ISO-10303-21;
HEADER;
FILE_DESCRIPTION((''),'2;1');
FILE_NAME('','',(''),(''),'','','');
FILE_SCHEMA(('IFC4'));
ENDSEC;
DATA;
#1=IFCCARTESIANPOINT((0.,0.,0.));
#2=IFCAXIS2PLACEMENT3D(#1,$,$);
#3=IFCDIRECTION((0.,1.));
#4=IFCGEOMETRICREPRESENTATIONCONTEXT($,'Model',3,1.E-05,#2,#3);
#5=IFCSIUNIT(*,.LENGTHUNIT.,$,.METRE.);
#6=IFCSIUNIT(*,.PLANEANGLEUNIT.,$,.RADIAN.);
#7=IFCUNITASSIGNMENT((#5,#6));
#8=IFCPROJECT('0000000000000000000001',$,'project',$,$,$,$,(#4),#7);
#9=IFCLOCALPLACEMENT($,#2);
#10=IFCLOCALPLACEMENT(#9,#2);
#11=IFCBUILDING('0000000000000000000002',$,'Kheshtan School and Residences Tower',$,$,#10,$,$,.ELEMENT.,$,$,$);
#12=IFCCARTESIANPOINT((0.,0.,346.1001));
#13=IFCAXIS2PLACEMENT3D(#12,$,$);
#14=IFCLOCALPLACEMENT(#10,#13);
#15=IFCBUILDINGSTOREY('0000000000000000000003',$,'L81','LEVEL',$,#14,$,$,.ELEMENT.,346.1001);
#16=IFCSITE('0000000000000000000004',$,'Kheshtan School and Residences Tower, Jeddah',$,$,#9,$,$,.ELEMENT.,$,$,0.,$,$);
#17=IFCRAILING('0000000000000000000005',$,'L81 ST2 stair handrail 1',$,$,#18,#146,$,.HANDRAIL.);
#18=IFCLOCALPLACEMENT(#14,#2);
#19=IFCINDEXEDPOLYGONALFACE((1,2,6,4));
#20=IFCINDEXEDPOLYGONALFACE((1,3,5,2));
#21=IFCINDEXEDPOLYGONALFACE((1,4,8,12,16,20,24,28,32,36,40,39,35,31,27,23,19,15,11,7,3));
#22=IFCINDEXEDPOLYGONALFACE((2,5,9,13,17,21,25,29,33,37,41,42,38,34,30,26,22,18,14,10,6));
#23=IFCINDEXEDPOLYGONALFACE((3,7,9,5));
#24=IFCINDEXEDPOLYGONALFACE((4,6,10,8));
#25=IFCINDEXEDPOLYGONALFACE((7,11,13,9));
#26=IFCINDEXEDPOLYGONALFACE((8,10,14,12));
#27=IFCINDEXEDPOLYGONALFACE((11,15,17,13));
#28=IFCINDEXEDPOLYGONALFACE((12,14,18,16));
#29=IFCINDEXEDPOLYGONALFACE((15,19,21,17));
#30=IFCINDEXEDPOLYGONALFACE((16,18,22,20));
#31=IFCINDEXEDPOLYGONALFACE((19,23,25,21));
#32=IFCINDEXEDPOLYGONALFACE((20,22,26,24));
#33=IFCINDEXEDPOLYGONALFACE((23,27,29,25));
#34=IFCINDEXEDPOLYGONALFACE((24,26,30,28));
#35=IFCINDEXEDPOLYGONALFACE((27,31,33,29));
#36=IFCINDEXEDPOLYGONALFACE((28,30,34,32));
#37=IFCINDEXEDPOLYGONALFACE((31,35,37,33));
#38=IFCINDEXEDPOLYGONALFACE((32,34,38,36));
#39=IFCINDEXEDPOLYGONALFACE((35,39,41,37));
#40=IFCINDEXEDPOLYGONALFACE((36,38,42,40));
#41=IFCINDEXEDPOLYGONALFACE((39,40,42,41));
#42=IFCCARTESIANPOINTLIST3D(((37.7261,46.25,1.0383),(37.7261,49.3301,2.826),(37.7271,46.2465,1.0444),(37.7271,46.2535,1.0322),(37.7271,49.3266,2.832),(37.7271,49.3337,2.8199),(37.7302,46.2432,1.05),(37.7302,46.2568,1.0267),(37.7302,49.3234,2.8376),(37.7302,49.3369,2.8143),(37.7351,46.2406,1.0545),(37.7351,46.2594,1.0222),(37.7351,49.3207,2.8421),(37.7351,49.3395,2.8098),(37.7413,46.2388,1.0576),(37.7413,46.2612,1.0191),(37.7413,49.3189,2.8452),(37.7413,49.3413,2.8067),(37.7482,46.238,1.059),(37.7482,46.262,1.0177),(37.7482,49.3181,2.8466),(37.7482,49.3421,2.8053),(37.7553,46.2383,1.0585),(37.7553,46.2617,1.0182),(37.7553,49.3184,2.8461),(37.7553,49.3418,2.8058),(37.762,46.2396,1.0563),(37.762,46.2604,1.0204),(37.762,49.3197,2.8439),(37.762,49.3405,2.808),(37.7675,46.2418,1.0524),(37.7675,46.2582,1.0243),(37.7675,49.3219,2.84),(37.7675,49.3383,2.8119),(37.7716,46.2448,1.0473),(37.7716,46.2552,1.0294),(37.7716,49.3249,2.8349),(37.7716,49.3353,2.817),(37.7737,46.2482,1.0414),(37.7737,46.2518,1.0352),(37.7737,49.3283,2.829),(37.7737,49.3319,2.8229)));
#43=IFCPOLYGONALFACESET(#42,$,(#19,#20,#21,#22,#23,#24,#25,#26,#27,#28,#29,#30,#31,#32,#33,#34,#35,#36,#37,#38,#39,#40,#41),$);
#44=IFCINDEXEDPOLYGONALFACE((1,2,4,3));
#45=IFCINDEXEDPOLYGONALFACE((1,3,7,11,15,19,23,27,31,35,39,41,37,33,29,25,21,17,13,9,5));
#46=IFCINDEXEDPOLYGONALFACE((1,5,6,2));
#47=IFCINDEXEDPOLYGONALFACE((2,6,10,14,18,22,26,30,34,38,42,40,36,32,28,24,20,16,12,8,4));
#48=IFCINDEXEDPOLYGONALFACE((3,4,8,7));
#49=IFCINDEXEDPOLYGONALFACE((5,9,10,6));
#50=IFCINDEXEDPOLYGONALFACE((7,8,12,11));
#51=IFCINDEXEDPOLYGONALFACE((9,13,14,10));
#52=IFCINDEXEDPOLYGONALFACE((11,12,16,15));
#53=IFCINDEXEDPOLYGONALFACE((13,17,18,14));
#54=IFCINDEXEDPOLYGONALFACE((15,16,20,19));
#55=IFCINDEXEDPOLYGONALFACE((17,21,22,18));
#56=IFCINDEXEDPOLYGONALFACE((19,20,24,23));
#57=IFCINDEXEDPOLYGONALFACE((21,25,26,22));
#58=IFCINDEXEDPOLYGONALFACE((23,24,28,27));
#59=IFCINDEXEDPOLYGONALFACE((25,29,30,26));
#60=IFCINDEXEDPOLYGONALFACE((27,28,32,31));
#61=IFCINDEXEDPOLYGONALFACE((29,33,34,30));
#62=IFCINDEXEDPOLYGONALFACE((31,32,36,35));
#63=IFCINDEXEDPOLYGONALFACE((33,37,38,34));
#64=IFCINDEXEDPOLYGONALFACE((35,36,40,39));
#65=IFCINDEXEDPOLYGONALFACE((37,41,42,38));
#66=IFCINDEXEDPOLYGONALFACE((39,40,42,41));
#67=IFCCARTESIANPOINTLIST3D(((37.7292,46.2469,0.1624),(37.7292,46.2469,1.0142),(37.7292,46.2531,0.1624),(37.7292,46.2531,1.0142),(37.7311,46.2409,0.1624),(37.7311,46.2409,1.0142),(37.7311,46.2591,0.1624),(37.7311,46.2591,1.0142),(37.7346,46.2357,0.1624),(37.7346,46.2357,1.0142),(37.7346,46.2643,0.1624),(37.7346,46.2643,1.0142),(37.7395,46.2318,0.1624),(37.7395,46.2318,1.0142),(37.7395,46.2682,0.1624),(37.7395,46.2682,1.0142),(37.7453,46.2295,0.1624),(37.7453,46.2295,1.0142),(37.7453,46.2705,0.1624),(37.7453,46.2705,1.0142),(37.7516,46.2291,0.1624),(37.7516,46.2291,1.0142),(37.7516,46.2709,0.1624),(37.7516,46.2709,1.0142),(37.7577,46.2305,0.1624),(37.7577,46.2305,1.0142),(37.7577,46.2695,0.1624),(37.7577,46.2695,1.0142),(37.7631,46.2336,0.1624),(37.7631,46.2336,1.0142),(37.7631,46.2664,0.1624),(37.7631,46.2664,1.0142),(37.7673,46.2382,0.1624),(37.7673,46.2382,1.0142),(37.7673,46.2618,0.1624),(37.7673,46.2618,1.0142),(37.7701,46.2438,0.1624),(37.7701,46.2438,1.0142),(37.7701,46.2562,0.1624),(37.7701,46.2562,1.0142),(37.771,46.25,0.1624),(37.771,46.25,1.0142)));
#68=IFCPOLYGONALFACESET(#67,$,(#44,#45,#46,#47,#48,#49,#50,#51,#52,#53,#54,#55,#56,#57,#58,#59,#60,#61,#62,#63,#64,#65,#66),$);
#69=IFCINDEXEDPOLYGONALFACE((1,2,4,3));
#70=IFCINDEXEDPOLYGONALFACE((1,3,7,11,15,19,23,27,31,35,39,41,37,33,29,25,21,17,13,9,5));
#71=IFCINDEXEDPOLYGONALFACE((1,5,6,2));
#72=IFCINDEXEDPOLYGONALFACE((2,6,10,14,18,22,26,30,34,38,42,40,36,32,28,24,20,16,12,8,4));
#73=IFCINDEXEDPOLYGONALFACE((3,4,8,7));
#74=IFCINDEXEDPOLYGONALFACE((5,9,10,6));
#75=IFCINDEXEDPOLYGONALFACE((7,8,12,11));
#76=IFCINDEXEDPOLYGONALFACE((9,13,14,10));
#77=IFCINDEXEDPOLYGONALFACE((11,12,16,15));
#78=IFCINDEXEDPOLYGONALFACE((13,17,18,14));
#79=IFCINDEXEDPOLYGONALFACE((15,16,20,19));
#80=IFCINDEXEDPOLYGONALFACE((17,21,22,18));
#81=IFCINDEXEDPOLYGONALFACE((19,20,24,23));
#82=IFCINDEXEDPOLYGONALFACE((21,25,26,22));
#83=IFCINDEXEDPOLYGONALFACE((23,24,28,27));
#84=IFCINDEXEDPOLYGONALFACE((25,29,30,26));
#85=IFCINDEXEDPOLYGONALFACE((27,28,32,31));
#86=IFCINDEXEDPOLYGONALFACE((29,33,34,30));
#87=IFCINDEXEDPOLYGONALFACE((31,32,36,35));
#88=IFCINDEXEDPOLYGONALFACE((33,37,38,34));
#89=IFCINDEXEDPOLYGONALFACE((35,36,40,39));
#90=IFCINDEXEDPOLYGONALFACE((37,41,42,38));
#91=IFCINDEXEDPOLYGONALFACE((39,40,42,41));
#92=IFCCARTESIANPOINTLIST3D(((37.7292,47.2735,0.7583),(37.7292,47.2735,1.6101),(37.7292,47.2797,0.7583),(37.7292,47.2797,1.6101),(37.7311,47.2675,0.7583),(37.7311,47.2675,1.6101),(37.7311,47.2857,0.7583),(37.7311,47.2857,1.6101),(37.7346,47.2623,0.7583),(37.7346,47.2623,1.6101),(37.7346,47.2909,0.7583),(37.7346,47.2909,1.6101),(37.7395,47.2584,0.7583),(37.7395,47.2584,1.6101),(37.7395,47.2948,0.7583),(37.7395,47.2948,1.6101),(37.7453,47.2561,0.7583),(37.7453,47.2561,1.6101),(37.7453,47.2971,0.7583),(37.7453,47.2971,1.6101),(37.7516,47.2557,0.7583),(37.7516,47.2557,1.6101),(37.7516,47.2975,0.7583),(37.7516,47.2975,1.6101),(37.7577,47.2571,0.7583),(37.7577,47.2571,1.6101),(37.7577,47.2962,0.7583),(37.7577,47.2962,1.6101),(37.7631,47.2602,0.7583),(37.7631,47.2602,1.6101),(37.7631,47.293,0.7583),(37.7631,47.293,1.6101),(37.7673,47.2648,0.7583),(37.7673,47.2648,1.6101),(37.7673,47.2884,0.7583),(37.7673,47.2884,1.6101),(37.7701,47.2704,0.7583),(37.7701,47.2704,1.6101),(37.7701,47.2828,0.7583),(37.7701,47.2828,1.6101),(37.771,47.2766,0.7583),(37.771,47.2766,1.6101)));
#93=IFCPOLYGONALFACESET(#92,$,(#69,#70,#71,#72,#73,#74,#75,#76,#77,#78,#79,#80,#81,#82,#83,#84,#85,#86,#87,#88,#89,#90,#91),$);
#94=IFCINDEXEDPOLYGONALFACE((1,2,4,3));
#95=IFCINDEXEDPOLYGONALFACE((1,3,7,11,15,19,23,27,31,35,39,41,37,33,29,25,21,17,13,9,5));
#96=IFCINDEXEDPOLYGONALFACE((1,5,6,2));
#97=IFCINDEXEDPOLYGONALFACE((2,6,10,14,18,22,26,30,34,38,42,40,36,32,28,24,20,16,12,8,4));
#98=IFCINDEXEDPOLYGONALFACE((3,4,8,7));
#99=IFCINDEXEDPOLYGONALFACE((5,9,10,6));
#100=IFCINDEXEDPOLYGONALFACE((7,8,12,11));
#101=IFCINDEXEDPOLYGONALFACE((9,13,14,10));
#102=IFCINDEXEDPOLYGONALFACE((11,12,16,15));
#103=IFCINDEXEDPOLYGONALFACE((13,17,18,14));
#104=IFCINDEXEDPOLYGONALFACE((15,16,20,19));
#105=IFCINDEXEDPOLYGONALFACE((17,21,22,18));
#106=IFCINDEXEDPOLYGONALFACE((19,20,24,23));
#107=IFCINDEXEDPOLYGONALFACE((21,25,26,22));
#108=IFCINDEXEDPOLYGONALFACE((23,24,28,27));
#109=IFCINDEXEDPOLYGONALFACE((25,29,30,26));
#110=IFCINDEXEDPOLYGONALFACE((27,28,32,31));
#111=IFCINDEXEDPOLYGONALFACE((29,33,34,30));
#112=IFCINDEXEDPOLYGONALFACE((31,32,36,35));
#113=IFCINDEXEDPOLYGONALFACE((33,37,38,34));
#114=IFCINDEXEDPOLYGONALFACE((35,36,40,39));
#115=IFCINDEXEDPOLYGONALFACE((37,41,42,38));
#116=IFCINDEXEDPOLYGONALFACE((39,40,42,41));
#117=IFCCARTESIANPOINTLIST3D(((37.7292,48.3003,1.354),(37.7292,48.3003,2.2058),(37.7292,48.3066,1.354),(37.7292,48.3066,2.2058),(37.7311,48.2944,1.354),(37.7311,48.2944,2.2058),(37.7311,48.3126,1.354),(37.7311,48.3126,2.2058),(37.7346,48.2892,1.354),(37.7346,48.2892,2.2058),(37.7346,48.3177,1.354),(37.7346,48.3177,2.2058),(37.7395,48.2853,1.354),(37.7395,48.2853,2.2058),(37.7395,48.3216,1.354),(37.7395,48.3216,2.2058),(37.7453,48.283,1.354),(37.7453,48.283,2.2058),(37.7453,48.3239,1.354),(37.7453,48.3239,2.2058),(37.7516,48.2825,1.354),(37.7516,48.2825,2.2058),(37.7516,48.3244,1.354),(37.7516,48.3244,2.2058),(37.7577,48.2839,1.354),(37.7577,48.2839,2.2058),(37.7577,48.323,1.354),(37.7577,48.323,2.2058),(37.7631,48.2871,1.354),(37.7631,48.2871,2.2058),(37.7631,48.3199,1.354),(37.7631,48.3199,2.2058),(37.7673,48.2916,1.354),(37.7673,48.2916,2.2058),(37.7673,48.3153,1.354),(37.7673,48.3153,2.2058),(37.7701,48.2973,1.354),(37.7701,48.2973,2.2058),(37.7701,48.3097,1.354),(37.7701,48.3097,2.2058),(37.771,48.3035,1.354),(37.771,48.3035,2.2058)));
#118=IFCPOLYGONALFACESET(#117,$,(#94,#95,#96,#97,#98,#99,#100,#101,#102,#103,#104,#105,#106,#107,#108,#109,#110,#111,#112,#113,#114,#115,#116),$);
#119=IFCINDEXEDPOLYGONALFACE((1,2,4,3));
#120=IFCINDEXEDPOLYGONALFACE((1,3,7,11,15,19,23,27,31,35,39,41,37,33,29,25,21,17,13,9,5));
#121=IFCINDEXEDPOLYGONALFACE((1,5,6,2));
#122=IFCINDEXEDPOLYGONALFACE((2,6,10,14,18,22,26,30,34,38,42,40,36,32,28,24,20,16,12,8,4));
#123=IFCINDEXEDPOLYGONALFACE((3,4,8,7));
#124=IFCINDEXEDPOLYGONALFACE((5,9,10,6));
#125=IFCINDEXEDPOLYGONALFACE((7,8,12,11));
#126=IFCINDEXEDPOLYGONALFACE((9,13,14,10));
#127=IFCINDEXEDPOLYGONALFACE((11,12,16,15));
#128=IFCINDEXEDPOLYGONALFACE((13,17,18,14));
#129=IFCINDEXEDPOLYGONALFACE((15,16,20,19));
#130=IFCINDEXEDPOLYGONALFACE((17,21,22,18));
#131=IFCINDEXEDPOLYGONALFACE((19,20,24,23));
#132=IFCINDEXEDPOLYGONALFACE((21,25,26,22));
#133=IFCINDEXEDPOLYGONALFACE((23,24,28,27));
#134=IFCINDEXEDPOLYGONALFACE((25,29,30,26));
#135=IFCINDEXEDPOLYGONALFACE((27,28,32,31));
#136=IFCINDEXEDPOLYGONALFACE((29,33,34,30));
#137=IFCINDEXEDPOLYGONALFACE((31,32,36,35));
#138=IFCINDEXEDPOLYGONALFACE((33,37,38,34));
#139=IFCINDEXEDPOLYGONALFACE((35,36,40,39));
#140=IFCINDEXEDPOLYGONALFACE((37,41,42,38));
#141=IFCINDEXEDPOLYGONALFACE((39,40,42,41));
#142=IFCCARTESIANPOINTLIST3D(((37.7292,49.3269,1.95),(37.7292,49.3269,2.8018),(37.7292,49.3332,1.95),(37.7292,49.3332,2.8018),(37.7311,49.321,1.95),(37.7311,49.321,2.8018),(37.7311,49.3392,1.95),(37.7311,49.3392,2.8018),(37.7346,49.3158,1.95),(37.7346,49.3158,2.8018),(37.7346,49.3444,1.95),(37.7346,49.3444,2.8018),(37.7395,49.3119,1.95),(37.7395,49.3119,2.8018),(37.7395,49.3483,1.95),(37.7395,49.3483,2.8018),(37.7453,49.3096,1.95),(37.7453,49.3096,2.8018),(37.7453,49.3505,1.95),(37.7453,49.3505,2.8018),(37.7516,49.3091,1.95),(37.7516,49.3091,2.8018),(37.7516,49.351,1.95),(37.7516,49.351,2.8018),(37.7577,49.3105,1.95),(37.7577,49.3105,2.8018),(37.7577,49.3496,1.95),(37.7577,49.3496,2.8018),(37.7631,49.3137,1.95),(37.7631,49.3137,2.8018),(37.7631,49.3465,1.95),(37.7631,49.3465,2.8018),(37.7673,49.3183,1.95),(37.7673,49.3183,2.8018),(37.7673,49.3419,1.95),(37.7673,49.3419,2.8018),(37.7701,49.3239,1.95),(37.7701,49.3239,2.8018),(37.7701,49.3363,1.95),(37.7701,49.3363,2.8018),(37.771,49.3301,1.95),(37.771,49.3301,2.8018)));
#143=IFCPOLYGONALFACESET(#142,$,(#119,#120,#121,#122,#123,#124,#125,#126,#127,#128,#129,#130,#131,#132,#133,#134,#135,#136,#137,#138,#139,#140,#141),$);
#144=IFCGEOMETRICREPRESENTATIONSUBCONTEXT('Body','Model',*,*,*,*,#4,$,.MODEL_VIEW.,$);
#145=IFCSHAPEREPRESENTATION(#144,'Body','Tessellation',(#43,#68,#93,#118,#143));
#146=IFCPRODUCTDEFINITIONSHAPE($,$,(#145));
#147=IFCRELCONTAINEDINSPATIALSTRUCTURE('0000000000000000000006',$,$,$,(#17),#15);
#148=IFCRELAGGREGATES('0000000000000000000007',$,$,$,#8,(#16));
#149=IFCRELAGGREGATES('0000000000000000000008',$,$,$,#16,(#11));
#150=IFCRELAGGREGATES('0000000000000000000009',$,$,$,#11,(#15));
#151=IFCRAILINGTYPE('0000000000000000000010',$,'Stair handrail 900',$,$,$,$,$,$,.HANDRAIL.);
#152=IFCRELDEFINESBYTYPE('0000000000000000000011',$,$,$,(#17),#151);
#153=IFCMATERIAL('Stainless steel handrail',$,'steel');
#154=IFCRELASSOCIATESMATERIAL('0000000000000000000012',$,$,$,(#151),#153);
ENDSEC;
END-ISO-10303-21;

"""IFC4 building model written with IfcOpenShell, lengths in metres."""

from ifc_helpers import new_model, si_unit, direction, frame, origin, origin_2d, place, context, subcontext, project, spatial, circle, extrude, material, type_object, element, save


model = new_model("IFC4")

# Units and contexts
model_context = context("Model", 3, precision=1e-05, world=origin(), true_north=direction((0.0, 1.0)))
body_context = subcontext(model_context, "Body", "Model", "MODEL_VIEW")
ifc_project = project(units=[si_unit("LENGTHUNIT", "METRE"), si_unit("PLANEANGLEUNIT", "RADIAN")], contexts=[model_context])

# Site, building, storey
site_placement = place(None, origin())
site = spatial("IfcSite", under=ifc_project, at=site_placement, Name="Kheshtan School and Residences Tower, Jeddah", CompositionType="ELEMENT", RefElevation=0.0)
building_placement = place(site_placement, origin())
building = spatial("IfcBuilding", under=site, at=building_placement, Name="Kheshtan School and Residences Tower", CompositionType="ELEMENT")
storey_placement = place(building_placement, frame((0.0, 0.0, 346.1001)))
storey = spatial("IfcBuildingStorey", under=building, at=storey_placement, Name="L81", Description="LEVEL", CompositionType="ELEMENT", Elevation=346.1001)

# Railing
ifc_material_1 = material(Name="Stainless steel handrail", Category="steel")
railing_type_1 = type_object("IfcRailingType", Name="Stair handrail 900", PredefinedType="HANDRAIL", material=ifc_material_1)
railing_1_placement = place(storey_placement, frame((37.75, 46.25, 0.1624)))
element("IfcRailing", 1, at=railing_1_placement, inside=storey, type_object=railing_type_1, Name="L81 ST2 stair handrail 1", PredefinedType="HANDRAIL", context=body_context, shape_type="SweptSolid", body=[
    extrude(circle(Radius=0.0239, at=origin_2d()), frame((0.0, 0.0, 0.876), z_axis=(0.0, 0.864891, 0.50196), x_axis=(-1.0, 0.0, 0.0)), (0.0, 0.0, 1.0), 3.5613),
    extrude(circle(Radius=0.021, at=origin_2d()), origin(), (0.0, 0.0, 1.0), 0.8518),
    extrude(circle(Radius=0.021, at=origin_2d()), frame((0.0, 1.0266, 0.5959)), (0.0, 0.0, 1.0), 0.8518),
    extrude(circle(Radius=0.021, at=origin_2d()), frame((0.0, 2.0535, 1.1917)), (0.0, 0.0, 1.0), 0.8518),
    extrude(circle(Radius=0.021, at=origin_2d()), frame((0.0, 3.0801, 1.7876)), (0.0, 0.0, 1.0), 0.8518),
])

save(model, "model.ifc")
